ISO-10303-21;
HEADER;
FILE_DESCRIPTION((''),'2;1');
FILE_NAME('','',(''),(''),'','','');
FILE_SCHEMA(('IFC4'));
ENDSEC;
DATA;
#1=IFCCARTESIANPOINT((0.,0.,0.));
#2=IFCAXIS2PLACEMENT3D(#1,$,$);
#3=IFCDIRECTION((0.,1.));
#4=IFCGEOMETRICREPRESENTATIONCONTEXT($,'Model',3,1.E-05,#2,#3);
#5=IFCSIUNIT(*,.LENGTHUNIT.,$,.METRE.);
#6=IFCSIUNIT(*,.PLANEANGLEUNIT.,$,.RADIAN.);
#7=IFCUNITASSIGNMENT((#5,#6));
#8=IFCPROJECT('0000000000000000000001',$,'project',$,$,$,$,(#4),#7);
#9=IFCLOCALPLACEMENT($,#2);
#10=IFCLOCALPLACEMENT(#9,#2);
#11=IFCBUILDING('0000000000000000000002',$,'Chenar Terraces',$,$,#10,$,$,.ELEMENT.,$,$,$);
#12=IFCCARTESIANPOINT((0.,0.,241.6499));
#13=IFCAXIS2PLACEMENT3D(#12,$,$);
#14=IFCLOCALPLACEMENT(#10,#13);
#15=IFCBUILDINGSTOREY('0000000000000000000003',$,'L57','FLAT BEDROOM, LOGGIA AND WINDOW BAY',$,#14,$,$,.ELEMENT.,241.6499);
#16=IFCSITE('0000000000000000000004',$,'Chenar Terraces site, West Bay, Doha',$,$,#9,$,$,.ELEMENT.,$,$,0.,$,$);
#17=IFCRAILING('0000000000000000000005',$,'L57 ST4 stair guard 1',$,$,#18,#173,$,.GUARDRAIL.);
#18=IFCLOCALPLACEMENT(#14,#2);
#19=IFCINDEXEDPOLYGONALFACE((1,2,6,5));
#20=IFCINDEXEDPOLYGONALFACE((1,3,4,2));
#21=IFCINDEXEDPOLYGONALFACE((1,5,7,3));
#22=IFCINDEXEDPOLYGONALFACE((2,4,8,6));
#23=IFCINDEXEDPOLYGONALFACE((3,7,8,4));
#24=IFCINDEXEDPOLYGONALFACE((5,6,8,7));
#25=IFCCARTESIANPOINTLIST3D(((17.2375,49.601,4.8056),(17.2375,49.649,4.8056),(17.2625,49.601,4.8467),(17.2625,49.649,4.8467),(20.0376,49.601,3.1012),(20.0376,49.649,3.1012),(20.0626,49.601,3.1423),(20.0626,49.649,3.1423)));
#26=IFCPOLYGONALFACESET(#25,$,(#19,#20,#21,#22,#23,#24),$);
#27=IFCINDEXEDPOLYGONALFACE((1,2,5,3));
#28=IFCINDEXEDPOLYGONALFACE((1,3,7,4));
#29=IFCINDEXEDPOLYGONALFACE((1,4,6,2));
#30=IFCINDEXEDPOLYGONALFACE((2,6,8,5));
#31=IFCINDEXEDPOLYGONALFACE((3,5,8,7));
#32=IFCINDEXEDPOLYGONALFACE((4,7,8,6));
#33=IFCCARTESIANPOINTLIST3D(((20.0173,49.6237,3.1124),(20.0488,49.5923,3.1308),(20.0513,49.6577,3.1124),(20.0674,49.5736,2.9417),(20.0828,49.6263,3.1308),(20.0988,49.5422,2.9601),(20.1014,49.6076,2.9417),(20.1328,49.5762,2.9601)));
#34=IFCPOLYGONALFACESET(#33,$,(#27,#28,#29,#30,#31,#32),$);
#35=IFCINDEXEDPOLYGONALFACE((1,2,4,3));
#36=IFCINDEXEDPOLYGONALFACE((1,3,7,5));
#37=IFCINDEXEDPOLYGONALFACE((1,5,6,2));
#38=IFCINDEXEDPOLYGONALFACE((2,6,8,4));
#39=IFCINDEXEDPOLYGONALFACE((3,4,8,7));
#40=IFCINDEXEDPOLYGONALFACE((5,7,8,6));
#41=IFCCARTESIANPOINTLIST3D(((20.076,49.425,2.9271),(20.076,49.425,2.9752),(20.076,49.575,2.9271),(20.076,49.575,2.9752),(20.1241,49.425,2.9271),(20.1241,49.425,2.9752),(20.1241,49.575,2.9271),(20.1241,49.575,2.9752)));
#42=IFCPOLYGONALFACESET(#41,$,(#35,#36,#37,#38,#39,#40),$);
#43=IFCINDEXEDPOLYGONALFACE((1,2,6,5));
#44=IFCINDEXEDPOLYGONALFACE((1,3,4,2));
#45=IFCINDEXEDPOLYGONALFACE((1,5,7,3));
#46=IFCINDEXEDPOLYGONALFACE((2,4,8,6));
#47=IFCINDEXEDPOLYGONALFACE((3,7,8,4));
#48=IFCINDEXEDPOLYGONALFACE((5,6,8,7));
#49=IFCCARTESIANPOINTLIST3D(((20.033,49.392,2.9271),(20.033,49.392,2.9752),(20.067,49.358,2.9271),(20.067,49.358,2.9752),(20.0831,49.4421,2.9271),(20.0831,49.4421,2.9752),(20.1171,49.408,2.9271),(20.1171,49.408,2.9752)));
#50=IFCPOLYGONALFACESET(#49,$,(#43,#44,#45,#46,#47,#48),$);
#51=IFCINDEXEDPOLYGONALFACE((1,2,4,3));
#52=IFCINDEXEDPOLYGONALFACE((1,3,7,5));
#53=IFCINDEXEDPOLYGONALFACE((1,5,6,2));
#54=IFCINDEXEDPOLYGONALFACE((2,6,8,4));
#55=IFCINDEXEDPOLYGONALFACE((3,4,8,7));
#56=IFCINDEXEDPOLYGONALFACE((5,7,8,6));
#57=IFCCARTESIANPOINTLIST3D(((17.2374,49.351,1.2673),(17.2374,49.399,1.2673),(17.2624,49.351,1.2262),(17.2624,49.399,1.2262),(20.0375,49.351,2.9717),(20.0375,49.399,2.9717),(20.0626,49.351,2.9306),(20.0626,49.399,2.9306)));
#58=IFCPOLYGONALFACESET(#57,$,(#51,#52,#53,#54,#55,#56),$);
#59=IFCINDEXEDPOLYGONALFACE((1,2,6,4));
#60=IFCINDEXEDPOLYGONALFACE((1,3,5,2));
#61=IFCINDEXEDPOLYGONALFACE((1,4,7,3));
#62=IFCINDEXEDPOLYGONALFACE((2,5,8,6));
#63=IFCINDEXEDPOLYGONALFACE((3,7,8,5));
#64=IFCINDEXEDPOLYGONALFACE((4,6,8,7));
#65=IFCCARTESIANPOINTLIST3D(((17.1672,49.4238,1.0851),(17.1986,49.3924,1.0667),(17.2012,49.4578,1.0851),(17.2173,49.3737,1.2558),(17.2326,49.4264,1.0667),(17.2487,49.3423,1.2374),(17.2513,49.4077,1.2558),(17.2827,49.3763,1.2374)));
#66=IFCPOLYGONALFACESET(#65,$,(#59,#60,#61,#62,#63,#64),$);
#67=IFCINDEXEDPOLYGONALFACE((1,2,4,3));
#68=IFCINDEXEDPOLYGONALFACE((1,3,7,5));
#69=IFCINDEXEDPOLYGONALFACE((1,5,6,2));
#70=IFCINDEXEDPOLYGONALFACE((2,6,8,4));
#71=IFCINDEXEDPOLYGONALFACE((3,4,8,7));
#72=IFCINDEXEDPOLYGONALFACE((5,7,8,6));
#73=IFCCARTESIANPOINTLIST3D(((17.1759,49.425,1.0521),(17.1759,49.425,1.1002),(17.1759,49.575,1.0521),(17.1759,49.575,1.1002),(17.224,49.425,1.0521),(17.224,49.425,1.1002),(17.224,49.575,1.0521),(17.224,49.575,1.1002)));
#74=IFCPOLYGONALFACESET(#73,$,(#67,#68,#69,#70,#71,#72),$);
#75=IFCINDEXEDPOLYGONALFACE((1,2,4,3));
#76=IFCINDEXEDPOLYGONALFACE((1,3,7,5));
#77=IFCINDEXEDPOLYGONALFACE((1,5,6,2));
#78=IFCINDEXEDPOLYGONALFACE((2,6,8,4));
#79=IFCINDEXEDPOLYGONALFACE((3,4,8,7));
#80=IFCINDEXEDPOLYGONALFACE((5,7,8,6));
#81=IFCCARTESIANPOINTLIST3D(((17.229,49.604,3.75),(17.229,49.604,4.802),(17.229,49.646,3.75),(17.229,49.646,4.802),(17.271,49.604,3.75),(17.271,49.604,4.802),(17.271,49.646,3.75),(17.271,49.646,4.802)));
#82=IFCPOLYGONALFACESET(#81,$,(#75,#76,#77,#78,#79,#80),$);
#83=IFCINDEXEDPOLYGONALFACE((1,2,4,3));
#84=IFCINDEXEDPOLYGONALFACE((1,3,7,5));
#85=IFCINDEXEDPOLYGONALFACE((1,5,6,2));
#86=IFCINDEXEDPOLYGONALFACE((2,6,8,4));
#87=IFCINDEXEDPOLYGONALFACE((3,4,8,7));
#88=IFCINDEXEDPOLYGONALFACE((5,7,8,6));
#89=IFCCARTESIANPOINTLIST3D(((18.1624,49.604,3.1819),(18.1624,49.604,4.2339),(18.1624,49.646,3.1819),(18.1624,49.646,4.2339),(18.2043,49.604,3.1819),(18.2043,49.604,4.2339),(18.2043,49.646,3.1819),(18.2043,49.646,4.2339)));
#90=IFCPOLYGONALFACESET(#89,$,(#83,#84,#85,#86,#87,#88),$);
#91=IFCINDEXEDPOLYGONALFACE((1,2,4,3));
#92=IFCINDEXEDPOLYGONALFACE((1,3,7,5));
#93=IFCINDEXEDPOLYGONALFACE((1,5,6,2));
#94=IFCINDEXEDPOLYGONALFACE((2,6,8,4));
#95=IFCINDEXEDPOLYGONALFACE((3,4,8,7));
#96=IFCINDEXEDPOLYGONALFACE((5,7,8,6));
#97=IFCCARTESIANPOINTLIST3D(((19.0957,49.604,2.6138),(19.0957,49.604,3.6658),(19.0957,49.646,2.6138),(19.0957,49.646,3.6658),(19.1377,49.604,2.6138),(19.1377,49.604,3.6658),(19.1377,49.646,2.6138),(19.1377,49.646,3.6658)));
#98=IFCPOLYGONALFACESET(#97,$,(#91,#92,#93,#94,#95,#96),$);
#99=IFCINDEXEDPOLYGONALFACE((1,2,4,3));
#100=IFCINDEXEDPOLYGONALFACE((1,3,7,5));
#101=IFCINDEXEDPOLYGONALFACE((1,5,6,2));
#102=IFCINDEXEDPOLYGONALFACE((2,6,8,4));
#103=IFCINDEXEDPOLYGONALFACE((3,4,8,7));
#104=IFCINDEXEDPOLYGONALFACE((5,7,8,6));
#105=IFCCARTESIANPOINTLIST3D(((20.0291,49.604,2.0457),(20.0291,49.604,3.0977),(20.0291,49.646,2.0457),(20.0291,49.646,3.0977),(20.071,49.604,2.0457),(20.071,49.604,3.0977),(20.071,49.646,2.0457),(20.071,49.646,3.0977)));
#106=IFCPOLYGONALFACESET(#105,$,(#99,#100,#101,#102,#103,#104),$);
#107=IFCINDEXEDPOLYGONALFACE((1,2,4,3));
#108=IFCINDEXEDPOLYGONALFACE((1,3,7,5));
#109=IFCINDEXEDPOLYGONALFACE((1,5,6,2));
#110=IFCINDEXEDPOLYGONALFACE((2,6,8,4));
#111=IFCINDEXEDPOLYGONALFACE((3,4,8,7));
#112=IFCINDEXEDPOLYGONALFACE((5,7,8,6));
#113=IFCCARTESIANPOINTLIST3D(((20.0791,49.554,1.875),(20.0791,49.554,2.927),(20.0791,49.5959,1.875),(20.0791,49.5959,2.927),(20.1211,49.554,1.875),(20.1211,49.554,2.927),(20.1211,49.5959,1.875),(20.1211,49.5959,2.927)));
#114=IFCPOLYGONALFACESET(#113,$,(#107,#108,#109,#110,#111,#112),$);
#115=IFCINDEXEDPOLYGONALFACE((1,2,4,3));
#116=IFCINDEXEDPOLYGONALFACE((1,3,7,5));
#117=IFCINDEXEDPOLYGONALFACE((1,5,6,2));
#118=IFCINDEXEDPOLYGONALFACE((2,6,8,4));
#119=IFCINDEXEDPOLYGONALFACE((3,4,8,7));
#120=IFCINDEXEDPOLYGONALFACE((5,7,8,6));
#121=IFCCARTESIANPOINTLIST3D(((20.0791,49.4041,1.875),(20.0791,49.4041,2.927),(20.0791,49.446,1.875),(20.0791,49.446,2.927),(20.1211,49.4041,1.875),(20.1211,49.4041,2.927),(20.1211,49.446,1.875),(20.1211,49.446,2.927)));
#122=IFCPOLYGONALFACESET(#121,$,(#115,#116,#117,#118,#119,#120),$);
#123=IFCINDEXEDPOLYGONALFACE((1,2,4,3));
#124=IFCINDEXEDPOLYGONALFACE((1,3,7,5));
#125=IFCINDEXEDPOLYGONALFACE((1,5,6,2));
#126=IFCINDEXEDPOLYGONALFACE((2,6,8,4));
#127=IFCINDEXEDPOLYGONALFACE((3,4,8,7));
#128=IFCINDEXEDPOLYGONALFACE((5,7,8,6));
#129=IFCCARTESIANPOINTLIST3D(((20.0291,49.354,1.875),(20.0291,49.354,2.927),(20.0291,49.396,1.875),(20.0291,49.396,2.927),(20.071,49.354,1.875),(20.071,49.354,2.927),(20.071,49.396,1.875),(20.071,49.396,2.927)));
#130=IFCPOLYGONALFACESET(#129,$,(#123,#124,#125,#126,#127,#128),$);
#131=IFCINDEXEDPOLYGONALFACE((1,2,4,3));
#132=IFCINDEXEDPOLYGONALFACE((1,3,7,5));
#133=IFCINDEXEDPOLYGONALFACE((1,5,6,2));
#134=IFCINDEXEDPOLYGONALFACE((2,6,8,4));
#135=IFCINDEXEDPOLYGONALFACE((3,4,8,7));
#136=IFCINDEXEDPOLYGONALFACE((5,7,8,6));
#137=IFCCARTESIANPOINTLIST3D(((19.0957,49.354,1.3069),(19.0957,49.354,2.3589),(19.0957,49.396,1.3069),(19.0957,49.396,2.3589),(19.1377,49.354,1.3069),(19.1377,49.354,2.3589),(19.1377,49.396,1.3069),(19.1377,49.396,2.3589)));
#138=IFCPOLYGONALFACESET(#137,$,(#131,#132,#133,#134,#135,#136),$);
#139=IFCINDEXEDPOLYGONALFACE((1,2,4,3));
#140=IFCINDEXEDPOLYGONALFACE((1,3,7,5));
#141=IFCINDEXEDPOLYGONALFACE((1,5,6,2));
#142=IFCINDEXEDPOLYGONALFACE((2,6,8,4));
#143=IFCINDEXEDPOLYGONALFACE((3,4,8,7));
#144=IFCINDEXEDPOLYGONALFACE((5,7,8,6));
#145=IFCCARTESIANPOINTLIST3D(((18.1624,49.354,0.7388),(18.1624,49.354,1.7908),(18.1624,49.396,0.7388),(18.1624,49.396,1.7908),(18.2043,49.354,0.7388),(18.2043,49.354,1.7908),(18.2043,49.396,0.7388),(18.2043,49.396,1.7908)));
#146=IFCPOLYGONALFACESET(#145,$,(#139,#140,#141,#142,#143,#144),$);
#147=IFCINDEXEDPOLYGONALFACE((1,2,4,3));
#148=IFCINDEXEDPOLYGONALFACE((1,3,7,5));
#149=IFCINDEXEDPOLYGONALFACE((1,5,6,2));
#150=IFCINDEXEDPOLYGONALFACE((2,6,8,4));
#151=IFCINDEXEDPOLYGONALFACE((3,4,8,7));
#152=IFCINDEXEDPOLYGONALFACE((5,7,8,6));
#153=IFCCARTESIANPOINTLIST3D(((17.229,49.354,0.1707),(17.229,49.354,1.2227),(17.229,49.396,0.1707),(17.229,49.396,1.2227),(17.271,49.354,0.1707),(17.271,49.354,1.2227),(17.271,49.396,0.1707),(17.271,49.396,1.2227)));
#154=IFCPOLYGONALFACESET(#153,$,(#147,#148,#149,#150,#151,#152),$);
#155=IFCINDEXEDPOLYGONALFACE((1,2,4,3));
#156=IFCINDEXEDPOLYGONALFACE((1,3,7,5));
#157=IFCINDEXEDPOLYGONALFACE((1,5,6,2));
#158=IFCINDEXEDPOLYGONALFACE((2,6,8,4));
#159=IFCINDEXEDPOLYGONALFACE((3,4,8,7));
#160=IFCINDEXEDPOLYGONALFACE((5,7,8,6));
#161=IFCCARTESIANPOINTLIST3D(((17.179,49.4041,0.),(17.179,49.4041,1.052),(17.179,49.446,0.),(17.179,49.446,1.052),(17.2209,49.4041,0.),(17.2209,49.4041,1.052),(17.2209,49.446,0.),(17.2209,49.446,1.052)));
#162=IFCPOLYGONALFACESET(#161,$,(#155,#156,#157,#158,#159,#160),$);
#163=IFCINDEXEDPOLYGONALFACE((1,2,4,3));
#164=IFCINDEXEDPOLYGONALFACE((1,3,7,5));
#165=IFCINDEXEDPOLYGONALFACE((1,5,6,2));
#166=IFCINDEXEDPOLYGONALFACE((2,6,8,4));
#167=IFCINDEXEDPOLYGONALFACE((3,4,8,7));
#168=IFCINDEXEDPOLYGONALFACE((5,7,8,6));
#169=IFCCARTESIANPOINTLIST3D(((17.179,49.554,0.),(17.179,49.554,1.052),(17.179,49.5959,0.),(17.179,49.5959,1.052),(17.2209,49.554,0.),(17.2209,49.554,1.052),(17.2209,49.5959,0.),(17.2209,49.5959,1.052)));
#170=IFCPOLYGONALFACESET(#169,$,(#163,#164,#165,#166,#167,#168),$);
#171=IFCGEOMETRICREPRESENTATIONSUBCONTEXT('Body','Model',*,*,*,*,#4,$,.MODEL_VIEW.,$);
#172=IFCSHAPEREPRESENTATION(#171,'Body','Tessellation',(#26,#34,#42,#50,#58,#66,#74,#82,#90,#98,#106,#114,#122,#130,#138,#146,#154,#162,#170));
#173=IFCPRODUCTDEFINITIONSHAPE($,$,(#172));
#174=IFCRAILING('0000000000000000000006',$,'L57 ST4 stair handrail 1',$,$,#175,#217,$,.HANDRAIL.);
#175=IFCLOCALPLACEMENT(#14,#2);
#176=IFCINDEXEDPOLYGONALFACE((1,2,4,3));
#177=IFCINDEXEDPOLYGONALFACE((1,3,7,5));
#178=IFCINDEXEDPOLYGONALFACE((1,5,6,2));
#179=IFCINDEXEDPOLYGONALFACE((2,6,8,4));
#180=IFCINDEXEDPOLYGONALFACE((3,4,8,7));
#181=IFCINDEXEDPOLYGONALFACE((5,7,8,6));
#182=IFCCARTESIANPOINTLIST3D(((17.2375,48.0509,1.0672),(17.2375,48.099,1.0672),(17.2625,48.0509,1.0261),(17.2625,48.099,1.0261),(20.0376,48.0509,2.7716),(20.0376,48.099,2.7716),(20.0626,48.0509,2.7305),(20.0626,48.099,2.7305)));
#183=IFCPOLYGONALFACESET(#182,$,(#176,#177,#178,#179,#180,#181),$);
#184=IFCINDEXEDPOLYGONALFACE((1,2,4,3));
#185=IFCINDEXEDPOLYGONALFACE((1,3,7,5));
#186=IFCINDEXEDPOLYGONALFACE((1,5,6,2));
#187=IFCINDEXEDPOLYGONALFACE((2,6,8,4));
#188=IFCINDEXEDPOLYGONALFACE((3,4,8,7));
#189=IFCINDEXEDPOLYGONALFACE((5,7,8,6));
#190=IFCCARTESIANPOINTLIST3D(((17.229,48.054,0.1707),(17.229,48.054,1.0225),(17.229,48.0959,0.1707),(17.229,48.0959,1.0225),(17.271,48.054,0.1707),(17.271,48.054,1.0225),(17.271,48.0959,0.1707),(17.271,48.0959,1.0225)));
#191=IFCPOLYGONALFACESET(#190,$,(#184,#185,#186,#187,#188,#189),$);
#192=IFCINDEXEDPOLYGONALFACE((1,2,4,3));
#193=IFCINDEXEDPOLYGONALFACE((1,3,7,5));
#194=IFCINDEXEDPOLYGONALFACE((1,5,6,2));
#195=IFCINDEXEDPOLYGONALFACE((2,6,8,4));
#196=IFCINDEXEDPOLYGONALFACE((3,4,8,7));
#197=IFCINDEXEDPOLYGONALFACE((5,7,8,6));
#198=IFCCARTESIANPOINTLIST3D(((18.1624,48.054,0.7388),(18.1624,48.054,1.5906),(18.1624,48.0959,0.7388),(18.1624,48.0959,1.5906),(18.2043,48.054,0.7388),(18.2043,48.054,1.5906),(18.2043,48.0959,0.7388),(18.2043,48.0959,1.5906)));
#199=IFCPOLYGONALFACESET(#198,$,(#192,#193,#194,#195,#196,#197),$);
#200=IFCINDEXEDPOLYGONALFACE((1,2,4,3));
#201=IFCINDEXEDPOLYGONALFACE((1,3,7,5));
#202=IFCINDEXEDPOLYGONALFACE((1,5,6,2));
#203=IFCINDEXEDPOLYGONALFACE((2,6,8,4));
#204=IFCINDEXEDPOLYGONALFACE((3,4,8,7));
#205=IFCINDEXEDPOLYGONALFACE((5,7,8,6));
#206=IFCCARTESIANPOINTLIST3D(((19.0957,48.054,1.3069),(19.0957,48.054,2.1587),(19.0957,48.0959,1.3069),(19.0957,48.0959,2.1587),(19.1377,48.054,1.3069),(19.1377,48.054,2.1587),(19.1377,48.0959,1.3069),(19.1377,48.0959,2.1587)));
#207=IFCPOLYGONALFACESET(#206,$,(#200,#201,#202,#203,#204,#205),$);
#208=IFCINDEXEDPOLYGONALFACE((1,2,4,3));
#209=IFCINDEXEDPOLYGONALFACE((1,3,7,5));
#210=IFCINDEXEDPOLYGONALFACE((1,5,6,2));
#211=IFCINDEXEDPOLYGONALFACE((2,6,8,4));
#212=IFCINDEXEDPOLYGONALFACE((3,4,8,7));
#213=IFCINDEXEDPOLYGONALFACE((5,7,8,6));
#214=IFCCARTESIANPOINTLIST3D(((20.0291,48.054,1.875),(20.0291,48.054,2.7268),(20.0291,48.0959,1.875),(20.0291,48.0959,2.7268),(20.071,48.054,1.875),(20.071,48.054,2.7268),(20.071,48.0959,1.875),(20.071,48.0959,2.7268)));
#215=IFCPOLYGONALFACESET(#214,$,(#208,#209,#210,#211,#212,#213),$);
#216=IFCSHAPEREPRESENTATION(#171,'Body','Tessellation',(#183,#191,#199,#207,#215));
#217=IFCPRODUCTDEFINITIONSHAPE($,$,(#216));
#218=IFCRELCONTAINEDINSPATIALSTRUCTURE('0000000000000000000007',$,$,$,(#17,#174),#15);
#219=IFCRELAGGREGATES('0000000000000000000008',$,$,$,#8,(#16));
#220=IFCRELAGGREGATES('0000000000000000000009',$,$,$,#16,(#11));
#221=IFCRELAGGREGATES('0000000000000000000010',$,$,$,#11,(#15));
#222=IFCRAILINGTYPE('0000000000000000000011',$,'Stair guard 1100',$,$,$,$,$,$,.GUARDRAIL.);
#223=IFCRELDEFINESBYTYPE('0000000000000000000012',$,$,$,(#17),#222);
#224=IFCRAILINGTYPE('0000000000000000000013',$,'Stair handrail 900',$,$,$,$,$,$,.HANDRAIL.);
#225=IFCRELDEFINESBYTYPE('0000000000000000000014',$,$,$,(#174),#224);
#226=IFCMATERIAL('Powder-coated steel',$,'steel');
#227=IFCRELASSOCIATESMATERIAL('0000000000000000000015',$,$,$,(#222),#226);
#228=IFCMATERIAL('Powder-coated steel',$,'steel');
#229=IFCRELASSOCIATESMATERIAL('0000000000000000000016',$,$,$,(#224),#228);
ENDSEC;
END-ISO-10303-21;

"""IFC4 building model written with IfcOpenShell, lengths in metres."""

from ifc_helpers import new_model, si_unit, direction, frame, origin, origin_2d, place, context, subcontext, project, spatial, rectangle, extrude, material, type_object, element, save


model = new_model("IFC4")

# Units and contexts
model_context = context("Model", 3, precision=1e-05, world=origin(), true_north=direction((0.0, 1.0)))
body_context = subcontext(model_context, "Body", "Model", "MODEL_VIEW")
ifc_project = project(units=[si_unit("LENGTHUNIT", "METRE"), si_unit("PLANEANGLEUNIT", "RADIAN")], contexts=[model_context])

# Site, building, storey
site_placement = place(None, origin())
site = spatial("IfcSite", under=ifc_project, at=site_placement, Name="Chenar Terraces site, West Bay, Doha", CompositionType="ELEMENT", RefElevation=0.0)
building_placement = place(site_placement, origin())
building = spatial("IfcBuilding", under=site, at=building_placement, Name="Chenar Terraces", CompositionType="ELEMENT")
storey_placement = place(building_placement, frame((0.0, 0.0, 241.6499)))
storey = spatial("IfcBuildingStorey", under=building, at=storey_placement, Name="L57", Description="FLAT BEDROOM, LOGGIA AND WINDOW BAY", CompositionType="ELEMENT", Elevation=241.6499)

# Railings
ifc_material_1 = material(Name="Powder-coated steel", Category="steel")
railing_type_1 = type_object("IfcRailingType", Name="Stair guard 1100", PredefinedType="GUARDRAIL", material=ifc_material_1)
railing_1_placement = place(storey_placement, frame((17.25, 49.625, 3.75)))
element("IfcRailing", 1, at=railing_1_placement, inside=storey, type_object=railing_type_1, Name="L57 ST4 stair guard 1", PredefinedType="GUARDRAIL", context=body_context, shape_type="SweptSolid", body=[
    extrude(rectangle(XDim=0.0481, YDim=0.0481, at=origin_2d()), frame((0.0, 0.0, 1.0762), z_axis=(0.854203, 0.0, -0.51994), x_axis=(0.0, 1.0, 0.0)), (0.0, 0.0, 1.0), 3.2781),
    extrude(rectangle(XDim=0.0481, YDim=0.0481, at=origin_2d()), frame((2.8, 0.0, -0.6284), z_axis=(0.2709, -0.2709, -0.923703), x_axis=(0.707107, 0.707107, 0.0)), (0.0, 0.0, 1.0), 0.1848),
    extrude(rectangle(XDim=0.0481, YDim=0.0481, at=origin_2d()), frame((2.8501, -0.05, -0.7988), z_axis=(0.0, -1.0, 0.0), x_axis=(1.0, 0.0, 0.0)), (0.0, 0.0, 1.0), 0.1499),
    extrude(rectangle(XDim=0.0481, YDim=0.0481, at=origin_2d()), frame((2.8501, -0.2, -0.7988), z_axis=(-0.707107, -0.707107, 0.0), x_axis=(0.707107, -0.707107, 0.0)), (0.0, 0.0, 1.0), 0.0708),
    extrude(rectangle(XDim=0.0481, YDim=0.0481, at=origin_2d()), frame((2.8, -0.25, -0.7988), z_axis=(-0.854203, 0.0, -0.51994), x_axis=(0.0, -1.0, 0.0)), (0.0, 0.0, 1.0), 3.2781),
    extrude(rectangle(XDim=0.0481, YDim=0.0481, at=origin_2d()), frame((0.0, -0.25, -2.5034), z_axis=(-0.2709, 0.2709, -0.923703), x_axis=(-0.707107, -0.707107, 0.0)), (0.0, 0.0, 1.0), 0.1848),
    extrude(rectangle(XDim=0.0481, YDim=0.0481, at=origin_2d()), frame((-0.05, -0.2, -2.6738), z_axis=(0.0, 1.0, 0.0), x_axis=(-1.0, 0.0, 0.0)), (0.0, 0.0, 1.0), 0.1499),
    extrude(rectangle(XDim=0.042, YDim=0.042, at=origin_2d()), origin(), (0.0, 0.0, 1.0), 1.052),
    extrude(rectangle(XDim=0.042, YDim=0.042, at=origin_2d()), frame((0.9333, 0.0, -0.5681)), (0.0, 0.0, 1.0), 1.052),
    extrude(rectangle(XDim=0.042, YDim=0.042, at=origin_2d()), frame((1.8667, 0.0, -1.1362)), (0.0, 0.0, 1.0), 1.052),
    extrude(rectangle(XDim=0.042, YDim=0.042, at=origin_2d()), frame((2.8, 0.0, -1.7043)), (0.0, 0.0, 1.0), 1.052),
    extrude(rectangle(XDim=0.042, YDim=0.042, at=origin_2d()), frame((2.8501, -0.05, -1.875)), (0.0, 0.0, 1.0), 1.052),
    extrude(rectangle(XDim=0.042, YDim=0.042, at=origin_2d()), frame((2.8501, -0.2, -1.875)), (0.0, 0.0, 1.0), 1.052),
    extrude(rectangle(XDim=0.042, YDim=0.042, at=origin_2d()), frame((2.8, -0.25, -1.875)), (0.0, 0.0, 1.0), 1.052),
    extrude(rectangle(XDim=0.042, YDim=0.042, at=origin_2d()), frame((1.8667, -0.25, -2.4431)), (0.0, 0.0, 1.0), 1.052),
    extrude(rectangle(XDim=0.042, YDim=0.042, at=origin_2d()), frame((0.9333, -0.25, -3.0112)), (0.0, 0.0, 1.0), 1.052),
    extrude(rectangle(XDim=0.042, YDim=0.042, at=origin_2d()), frame((0.0, -0.25, -3.5793)), (0.0, 0.0, 1.0), 1.052),
    extrude(rectangle(XDim=0.042, YDim=0.042, at=origin_2d()), frame((-0.05, -0.2, -3.75)), (0.0, 0.0, 1.0), 1.052),
    extrude(rectangle(XDim=0.042, YDim=0.042, at=origin_2d()), frame((-0.05, -0.05, -3.75)), (0.0, 0.0, 1.0), 1.052),
])
ifc_material_2 = material(Name="Powder-coated steel", Category="steel")
railing_type_2 = type_object("IfcRailingType", Name="Stair handrail 900", PredefinedType="HANDRAIL", material=ifc_material_2)
railing_2_placement = place(storey_placement, frame((17.25, 48.075, 0.1707)))
element("IfcRailing", 2, at=railing_2_placement, inside=storey, type_object=railing_type_2, Name="L57 ST4 stair handrail 1", PredefinedType="HANDRAIL", context=body_context, shape_type="SweptSolid", body=[
    extrude(rectangle(XDim=0.0481, YDim=0.0481, at=origin_2d()), frame((0.0, 0.0, 0.876), z_axis=(0.854203, 0.0, 0.51994), x_axis=(0.0, 1.0, 0.0)), (0.0, 0.0, 1.0), 3.2781),
    extrude(rectangle(XDim=0.042, YDim=0.042, at=origin_2d()), origin(), (0.0, 0.0, 1.0), 0.8518),
    extrude(rectangle(XDim=0.042, YDim=0.042, at=origin_2d()), frame((0.9333, 0.0, 0.5681)), (0.0, 0.0, 1.0), 0.8518),
    extrude(rectangle(XDim=0.042, YDim=0.042, at=origin_2d()), frame((1.8667, 0.0, 1.1362)), (0.0, 0.0, 1.0), 0.8518),
    extrude(rectangle(XDim=0.042, YDim=0.042, at=origin_2d()), frame((2.8, 0.0, 1.7043)), (0.0, 0.0, 1.0), 0.8518),
])

save(model, "model.ifc")
